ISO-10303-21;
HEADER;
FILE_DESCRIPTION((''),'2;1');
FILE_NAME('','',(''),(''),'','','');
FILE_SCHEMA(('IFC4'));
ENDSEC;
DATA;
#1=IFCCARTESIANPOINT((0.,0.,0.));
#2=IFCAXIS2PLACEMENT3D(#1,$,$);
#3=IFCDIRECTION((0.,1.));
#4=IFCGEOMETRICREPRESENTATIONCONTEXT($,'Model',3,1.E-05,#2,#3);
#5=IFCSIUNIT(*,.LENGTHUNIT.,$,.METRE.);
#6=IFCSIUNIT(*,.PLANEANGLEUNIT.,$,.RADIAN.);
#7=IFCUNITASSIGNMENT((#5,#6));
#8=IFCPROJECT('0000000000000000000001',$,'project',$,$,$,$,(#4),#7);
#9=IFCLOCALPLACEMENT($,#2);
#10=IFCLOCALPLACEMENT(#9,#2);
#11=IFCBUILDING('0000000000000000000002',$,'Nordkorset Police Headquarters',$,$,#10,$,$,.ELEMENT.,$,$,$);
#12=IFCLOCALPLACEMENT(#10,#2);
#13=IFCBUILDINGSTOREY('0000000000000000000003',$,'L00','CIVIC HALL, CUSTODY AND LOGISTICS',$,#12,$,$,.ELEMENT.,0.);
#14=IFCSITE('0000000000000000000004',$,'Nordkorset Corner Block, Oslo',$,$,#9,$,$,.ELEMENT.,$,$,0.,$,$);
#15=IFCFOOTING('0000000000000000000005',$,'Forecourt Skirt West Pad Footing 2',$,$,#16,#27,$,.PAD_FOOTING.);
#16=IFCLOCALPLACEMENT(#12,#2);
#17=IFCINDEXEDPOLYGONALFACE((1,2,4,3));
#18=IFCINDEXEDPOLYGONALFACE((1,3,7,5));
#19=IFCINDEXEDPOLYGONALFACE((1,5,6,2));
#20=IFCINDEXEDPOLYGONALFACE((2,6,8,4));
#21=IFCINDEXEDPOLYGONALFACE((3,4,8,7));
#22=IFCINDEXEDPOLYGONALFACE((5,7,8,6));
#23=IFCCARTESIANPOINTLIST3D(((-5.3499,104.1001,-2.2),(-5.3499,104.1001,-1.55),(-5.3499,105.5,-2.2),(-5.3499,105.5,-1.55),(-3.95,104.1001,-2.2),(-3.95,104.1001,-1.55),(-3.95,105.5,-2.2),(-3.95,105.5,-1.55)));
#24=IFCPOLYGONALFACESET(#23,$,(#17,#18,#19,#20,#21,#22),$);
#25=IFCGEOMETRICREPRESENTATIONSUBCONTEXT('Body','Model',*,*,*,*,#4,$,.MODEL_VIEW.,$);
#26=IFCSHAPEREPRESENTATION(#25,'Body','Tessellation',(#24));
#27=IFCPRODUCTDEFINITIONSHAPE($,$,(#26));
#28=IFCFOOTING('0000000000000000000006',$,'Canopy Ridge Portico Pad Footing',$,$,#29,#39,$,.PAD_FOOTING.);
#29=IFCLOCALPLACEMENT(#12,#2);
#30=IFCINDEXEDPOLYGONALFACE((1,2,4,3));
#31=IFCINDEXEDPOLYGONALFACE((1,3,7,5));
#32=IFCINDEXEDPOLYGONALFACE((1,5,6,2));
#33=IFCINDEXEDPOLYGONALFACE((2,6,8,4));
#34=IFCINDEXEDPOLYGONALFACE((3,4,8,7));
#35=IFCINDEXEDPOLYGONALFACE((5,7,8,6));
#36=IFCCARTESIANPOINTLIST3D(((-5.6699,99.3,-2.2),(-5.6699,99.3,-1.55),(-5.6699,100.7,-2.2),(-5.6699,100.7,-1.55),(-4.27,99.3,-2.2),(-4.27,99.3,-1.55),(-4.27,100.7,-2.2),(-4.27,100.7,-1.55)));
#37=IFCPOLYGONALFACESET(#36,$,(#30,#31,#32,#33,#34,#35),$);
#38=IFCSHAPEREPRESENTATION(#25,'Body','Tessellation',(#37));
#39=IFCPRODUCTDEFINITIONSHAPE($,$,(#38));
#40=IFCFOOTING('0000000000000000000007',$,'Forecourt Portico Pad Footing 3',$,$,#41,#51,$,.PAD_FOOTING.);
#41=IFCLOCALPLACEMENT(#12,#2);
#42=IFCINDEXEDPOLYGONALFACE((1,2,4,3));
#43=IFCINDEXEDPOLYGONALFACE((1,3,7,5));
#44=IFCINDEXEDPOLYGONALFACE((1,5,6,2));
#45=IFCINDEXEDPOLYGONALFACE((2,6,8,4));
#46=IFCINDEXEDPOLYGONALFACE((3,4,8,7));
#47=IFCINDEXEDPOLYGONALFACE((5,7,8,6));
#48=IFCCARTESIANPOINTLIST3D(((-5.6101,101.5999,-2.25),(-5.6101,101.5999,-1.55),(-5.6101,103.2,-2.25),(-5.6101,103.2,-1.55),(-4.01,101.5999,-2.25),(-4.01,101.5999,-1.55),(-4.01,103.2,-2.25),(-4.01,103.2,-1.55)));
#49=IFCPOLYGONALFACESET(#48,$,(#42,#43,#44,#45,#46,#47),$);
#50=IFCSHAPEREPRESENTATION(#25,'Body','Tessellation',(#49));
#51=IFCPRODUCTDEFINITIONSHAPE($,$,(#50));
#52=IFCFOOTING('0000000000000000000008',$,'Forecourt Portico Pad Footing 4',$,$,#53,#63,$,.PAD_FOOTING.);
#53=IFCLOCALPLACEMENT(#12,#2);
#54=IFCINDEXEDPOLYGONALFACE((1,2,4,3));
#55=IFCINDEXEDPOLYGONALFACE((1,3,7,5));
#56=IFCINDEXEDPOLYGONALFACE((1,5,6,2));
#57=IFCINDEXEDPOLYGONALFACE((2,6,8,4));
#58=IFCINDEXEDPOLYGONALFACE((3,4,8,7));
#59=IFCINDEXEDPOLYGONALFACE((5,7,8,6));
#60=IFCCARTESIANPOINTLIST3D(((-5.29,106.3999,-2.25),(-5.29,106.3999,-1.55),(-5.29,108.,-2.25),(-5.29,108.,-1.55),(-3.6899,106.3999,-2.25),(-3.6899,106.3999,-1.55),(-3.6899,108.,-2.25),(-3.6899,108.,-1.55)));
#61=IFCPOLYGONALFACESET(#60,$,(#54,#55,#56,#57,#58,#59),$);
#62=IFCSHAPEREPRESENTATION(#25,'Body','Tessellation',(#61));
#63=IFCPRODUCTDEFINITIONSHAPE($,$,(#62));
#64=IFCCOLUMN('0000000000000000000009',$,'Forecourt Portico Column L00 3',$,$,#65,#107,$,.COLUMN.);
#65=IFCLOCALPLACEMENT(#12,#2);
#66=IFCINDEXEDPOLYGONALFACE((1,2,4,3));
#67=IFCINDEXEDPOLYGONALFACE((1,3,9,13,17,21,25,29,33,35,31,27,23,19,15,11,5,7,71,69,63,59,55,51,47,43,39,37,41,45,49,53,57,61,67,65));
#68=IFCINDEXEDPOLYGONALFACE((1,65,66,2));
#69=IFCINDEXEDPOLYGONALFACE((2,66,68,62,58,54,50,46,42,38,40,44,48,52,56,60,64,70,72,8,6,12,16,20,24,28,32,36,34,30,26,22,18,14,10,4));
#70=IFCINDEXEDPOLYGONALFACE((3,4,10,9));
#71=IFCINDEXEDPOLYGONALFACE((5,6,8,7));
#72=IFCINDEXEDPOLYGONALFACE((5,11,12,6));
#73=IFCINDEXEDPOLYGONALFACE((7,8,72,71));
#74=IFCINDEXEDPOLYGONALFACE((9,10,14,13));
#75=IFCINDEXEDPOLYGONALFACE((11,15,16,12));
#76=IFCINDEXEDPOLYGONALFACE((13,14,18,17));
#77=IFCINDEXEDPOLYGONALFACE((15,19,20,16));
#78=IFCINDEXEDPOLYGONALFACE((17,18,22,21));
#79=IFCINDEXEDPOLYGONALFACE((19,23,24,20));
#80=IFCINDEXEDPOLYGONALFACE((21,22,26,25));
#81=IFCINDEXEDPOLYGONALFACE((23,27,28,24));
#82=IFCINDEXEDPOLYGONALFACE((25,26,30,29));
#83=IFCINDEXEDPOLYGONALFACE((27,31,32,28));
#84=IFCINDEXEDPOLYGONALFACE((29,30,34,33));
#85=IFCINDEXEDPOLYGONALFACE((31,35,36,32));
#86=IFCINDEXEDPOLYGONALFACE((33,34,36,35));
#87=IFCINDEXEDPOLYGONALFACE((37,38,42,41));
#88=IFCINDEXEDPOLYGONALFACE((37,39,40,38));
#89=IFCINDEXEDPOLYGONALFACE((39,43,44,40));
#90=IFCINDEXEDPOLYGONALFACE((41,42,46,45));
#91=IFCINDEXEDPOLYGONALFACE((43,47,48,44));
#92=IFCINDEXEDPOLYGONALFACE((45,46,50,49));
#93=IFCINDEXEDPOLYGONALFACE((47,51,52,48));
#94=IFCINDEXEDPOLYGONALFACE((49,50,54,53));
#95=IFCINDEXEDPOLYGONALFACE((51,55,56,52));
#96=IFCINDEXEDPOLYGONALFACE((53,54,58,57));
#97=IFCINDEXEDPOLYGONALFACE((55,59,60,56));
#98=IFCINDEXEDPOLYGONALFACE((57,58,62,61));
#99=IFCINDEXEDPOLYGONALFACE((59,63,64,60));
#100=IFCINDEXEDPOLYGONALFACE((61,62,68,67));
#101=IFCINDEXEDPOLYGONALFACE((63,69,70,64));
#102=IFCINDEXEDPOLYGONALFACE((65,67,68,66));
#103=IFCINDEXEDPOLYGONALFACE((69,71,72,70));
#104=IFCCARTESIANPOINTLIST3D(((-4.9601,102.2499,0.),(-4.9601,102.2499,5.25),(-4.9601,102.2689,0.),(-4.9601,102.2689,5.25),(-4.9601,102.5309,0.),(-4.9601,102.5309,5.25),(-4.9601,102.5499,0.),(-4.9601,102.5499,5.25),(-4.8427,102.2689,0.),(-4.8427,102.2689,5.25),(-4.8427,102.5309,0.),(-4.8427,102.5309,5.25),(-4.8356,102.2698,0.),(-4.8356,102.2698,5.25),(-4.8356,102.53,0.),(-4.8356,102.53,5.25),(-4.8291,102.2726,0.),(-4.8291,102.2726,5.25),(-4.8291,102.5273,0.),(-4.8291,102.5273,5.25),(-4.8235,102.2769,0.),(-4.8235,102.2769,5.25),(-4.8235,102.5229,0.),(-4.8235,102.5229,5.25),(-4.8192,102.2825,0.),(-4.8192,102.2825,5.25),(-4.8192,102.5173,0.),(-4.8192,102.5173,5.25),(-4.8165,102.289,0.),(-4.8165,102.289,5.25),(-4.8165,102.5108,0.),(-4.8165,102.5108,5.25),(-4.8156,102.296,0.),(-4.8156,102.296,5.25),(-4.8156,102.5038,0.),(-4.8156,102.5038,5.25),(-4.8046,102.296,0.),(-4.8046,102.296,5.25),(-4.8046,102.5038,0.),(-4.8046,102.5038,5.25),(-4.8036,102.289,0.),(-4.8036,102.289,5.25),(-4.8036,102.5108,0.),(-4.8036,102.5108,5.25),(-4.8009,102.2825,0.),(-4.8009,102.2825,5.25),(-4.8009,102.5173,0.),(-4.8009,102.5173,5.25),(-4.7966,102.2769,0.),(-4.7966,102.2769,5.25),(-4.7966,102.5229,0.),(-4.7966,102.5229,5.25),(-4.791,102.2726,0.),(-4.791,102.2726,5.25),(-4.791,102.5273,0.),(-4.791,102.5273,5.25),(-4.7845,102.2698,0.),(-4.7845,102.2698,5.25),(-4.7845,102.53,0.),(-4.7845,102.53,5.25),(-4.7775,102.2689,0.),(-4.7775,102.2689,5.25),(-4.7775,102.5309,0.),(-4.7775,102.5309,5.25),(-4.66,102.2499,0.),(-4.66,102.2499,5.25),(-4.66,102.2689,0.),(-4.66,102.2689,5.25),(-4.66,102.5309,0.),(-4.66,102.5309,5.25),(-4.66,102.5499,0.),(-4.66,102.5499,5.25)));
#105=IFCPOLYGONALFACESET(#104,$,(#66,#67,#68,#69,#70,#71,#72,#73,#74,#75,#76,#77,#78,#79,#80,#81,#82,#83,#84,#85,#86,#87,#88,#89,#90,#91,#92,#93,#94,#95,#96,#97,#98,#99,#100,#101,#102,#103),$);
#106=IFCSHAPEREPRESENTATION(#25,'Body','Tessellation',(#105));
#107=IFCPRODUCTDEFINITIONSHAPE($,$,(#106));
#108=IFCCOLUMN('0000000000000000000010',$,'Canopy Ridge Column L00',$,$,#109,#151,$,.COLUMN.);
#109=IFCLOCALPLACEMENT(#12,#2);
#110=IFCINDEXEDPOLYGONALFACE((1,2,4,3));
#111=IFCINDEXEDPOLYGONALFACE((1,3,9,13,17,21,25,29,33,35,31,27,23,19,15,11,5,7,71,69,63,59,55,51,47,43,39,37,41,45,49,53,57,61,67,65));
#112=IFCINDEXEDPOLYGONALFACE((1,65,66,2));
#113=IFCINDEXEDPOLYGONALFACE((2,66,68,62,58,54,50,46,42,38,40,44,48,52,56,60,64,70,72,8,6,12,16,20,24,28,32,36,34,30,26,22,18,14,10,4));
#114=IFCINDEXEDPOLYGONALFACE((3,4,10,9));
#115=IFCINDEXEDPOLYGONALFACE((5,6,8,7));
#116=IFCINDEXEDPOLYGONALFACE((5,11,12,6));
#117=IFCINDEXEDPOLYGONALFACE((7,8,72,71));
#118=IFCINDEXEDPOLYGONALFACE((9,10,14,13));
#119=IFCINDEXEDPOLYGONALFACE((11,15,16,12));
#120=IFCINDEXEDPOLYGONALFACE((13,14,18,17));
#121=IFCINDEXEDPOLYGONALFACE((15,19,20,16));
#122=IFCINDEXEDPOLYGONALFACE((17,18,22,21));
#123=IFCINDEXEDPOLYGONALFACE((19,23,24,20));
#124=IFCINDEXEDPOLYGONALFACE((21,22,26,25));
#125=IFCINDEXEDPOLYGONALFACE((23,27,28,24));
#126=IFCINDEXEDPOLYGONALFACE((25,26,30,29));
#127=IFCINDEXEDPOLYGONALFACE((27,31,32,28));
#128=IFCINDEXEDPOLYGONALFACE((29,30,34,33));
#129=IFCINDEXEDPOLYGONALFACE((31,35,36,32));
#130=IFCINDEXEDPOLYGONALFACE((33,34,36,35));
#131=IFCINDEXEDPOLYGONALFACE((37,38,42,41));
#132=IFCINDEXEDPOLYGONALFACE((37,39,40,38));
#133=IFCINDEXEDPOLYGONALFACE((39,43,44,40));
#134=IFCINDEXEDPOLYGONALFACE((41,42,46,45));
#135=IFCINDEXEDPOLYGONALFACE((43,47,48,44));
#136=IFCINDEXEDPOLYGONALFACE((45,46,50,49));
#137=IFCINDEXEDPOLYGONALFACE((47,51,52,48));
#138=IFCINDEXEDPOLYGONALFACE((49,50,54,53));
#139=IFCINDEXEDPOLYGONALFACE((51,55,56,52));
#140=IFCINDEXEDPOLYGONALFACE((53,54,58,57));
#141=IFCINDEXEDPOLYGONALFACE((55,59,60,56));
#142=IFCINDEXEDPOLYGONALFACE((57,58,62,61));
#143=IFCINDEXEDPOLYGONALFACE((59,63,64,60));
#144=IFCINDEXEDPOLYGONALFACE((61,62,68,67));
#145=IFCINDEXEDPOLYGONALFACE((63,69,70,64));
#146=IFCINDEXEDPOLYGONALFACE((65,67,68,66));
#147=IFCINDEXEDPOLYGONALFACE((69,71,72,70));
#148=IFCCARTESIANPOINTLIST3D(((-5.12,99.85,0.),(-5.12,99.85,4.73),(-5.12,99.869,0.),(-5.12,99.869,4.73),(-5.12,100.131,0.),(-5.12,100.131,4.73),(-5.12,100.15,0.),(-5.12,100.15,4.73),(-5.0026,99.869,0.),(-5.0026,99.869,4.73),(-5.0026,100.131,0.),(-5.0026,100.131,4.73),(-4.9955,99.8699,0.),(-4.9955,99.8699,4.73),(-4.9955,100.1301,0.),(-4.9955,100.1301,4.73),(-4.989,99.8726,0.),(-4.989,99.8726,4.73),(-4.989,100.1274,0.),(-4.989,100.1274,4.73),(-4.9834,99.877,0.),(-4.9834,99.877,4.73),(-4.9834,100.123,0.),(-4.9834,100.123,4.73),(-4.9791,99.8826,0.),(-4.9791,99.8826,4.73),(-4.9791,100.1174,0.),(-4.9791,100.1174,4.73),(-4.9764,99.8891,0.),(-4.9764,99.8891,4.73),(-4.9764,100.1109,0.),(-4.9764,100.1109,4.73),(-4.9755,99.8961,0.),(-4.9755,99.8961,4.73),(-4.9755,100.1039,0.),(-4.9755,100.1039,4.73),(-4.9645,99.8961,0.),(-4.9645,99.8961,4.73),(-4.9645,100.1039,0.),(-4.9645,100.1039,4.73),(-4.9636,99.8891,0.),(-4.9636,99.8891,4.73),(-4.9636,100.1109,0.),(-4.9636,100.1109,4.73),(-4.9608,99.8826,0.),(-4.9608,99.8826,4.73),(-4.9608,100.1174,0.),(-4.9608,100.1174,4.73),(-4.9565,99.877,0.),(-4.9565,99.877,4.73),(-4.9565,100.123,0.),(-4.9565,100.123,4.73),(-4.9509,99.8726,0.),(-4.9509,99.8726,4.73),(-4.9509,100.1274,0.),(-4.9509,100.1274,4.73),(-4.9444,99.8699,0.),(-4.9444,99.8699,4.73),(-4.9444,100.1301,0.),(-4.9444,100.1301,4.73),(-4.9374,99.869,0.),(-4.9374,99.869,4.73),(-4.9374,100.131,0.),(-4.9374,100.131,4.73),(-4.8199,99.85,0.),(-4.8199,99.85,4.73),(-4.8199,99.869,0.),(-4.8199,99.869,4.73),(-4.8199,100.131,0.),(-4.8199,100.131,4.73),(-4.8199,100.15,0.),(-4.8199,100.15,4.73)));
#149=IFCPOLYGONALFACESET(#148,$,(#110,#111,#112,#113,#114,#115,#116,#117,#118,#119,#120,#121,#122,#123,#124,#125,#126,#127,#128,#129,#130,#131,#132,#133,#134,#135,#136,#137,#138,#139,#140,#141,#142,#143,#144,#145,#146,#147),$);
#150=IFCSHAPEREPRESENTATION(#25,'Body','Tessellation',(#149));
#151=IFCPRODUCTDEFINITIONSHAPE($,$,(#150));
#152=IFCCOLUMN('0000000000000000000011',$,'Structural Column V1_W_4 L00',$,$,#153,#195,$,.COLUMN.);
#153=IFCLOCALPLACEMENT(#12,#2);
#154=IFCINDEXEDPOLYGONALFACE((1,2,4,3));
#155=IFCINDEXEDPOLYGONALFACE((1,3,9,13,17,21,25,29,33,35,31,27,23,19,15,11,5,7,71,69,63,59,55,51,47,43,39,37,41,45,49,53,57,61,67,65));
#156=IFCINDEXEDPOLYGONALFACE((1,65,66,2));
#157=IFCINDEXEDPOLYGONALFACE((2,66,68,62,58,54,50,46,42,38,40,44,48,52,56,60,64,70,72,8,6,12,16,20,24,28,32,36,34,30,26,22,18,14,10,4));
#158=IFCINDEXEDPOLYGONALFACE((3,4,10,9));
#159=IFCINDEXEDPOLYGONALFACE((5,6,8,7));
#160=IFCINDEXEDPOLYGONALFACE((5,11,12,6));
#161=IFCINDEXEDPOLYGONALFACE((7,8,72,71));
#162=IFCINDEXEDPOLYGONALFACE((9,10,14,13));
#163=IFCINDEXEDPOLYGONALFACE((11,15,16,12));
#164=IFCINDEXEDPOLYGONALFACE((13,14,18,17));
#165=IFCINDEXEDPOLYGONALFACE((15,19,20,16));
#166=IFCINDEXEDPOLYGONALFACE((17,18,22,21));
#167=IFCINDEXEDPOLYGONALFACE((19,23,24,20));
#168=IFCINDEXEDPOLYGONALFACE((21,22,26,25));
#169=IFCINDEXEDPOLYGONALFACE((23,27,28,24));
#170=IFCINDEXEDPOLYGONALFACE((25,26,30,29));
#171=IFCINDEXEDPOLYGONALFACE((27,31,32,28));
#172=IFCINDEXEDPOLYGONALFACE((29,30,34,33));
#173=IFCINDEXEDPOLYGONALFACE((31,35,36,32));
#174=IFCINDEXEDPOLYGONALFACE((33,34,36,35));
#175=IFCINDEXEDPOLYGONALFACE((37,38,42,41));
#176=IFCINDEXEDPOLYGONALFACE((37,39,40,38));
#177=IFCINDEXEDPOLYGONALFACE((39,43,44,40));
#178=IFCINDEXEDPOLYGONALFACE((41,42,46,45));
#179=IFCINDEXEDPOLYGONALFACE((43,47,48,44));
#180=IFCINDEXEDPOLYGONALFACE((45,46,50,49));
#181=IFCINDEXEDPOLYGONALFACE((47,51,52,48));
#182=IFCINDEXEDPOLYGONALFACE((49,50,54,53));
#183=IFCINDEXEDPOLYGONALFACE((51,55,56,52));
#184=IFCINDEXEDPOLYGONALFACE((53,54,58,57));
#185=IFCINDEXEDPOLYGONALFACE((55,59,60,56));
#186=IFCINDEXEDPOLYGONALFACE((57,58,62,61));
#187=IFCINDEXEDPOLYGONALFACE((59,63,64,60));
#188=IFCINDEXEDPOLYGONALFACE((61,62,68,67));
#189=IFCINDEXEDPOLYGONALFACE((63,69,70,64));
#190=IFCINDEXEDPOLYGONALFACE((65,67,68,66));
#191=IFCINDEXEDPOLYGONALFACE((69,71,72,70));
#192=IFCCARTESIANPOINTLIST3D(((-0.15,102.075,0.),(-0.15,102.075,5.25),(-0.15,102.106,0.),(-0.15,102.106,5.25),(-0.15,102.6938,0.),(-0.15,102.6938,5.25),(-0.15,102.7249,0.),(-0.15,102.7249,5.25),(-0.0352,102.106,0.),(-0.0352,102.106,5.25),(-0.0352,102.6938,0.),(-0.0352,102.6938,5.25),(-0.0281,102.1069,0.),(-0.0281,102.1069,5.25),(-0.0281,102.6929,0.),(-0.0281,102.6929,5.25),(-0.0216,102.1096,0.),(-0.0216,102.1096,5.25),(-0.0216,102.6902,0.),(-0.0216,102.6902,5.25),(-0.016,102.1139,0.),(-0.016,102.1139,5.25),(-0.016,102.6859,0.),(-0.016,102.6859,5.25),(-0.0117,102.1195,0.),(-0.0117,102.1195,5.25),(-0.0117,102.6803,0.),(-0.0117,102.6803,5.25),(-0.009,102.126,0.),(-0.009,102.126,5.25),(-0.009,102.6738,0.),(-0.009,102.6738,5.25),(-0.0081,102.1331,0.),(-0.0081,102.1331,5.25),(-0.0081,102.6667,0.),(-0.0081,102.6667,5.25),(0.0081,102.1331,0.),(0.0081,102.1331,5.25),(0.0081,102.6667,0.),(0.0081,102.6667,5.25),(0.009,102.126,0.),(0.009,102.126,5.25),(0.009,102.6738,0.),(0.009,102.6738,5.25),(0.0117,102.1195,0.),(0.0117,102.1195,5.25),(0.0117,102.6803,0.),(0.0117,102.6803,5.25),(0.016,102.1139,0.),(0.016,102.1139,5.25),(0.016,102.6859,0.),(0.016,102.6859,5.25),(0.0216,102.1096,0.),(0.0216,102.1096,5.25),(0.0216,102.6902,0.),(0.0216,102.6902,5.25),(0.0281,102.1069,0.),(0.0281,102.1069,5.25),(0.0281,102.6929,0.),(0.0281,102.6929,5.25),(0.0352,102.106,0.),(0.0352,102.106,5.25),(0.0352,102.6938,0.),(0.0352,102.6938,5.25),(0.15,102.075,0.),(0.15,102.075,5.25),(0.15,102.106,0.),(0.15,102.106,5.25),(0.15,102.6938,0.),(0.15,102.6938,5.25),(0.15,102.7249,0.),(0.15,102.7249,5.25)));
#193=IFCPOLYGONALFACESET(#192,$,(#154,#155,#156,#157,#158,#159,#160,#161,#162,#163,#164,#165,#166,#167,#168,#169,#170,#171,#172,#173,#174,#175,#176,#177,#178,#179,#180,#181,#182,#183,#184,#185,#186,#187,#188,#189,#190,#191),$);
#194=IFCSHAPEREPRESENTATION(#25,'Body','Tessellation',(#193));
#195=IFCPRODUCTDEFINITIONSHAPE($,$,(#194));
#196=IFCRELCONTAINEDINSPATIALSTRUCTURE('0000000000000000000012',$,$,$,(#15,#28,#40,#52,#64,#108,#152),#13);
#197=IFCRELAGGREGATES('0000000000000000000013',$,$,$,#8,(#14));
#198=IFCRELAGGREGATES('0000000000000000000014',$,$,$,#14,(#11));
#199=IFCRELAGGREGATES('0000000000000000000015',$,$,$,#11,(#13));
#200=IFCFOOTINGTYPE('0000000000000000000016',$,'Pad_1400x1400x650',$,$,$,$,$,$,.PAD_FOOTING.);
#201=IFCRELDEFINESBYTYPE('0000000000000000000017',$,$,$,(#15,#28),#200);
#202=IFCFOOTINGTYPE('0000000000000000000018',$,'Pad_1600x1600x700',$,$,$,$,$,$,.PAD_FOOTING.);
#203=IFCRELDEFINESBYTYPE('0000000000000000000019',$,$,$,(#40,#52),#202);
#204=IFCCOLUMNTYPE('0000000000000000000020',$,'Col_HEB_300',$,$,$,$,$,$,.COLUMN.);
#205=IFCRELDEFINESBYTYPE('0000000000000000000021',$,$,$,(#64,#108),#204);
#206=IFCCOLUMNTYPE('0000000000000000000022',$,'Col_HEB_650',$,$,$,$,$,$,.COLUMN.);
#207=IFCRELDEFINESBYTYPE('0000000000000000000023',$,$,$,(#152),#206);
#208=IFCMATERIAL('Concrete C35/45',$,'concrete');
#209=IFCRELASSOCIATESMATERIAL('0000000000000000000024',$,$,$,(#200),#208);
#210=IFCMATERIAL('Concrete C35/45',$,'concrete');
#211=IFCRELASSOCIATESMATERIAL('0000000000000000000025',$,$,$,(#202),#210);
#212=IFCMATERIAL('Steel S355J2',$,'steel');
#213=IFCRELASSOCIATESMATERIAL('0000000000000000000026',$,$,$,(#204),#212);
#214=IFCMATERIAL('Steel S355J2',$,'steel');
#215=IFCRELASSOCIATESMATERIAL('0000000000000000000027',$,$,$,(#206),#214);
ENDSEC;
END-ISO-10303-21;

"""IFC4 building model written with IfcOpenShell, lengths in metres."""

from ifc_helpers import new_model, si_unit, direction, frame, origin, origin_2d, place, context, subcontext, project, spatial, rectangle, i_section, extrude, material, material_profile, profile_set, type_object, element, save


model = new_model("IFC4")

# Units and contexts
model_context = context("Model", 3, precision=1e-05, world=origin(), true_north=direction((0.0, 1.0)))
body_context = subcontext(model_context, "Body", "Model", "MODEL_VIEW")
ifc_project = project(units=[si_unit("LENGTHUNIT", "METRE"), si_unit("PLANEANGLEUNIT", "RADIAN")], contexts=[model_context])

# Site, building, storey
site_placement = place(None, origin())
site = spatial("IfcSite", under=ifc_project, at=site_placement, Name="Nordkorset Corner Block, Oslo", CompositionType="ELEMENT", RefElevation=0.0)
building_placement = place(site_placement, origin())
building = spatial("IfcBuilding", under=site, at=building_placement, Name="Nordkorset Police Headquarters", CompositionType="ELEMENT")
storey_placement = place(building_placement, origin())
storey = spatial("IfcBuildingStorey", under=building, at=storey_placement, Name="L00", Description="CIVIC HALL, CUSTODY AND LOGISTICS", CompositionType="ELEMENT", Elevation=0.0)

# Footings
ifc_material_1 = material(Name="Concrete C35/45", Category="concrete")
footing_type_1 = type_object("IfcFootingType", Name="Pad_1400x1400x650", PredefinedType="PAD_FOOTING", material=ifc_material_1)
for number, where, z_axis, x_axis, name in (
    (1, (-4.6499, 104.8, -2.2), (0.0, 0.0, 1.0), (1.0, 0.0, 0.0), "Forecourt Skirt West Pad Footing 2"),
    (2, (-4.97, 100.0, -2.2), (0.0, 0.0, 1.0), (1.0, 0.0, 0.0), "Canopy Ridge Portico Pad Footing"),
):
    element("IfcFooting", number, at=place(storey_placement, frame(where, z_axis=z_axis, x_axis=x_axis)), inside=storey, type_object=footing_type_1, Name=name, PredefinedType="PAD_FOOTING", context=body_context, shape_type="SweptSolid", body=[
        extrude(rectangle(XDim=1.3999, YDim=1.3999, at=origin_2d()), origin(), (0.0, 0.0, 1.0), 0.6499),
    ])
ifc_material_2 = material(Name="Concrete C35/45", Category="concrete")
footing_type_2 = type_object("IfcFootingType", Name="Pad_1600x1600x700", PredefinedType="PAD_FOOTING", material=ifc_material_2)
for number, where, z_axis, x_axis, name in (
    (3, (-4.8101, 102.3999, -2.25), (0.0, 0.0, 1.0), (1.0, 0.0, 0.0), "Forecourt Portico Pad Footing 3"),
    (4, (-4.49, 107.2, -2.25), (0.0, 0.0, 1.0), (1.0, 0.0, 0.0), "Forecourt Portico Pad Footing 4"),
):
    element("IfcFooting", number, at=place(storey_placement, frame(where, z_axis=z_axis, x_axis=x_axis)), inside=storey, type_object=footing_type_2, Name=name, PredefinedType="PAD_FOOTING", context=body_context, shape_type="SweptSolid", body=[
        extrude(rectangle(XDim=1.6001, YDim=1.6001, at=origin_2d()), origin(), (0.0, 0.0, 1.0), 0.7),
    ])

# Columns
ifc_material_3 = material(Name="Steel S355J2", Category="steel")
ifc_material_profile_1 = material_profile(ifc_material_3, i_section(OverallWidth=0.3, OverallDepth=0.3, WebThickness=0.011, FlangeThickness=0.019, FilletRadius=0.0271, at=origin_2d()), Name="HEB 300")
ifc_profile_set_1 = profile_set([ifc_material_profile_1], Name="Steel S355J2")
column_type_1 = type_object("IfcColumnType", Name="Col_HEB_300", PredefinedType="COLUMN", material=ifc_profile_set_1)
column_1_placement = place(storey_placement, frame((-4.8101, 102.3999, 0.0), z_axis=(0.0, 0.0, 1.0), x_axis=(1.0, 0.0, 0.0)))
element("IfcColumn", 5, at=column_1_placement, inside=storey, type_object=column_type_1, Name="Forecourt Portico Column L00 3", PredefinedType="COLUMN", context=body_context, shape_type="SweptSolid", body=[
    extrude(i_section(OverallWidth=0.3, OverallDepth=0.3, WebThickness=0.011, FlangeThickness=0.019, FilletRadius=0.0271, at=origin_2d()), origin(), (0.0, 0.0, 1.0), 5.25),
])
column_2_placement = place(storey_placement, frame((-4.97, 100.0, 0.0), z_axis=(0.0, 0.0, 1.0), x_axis=(1.0, 0.0, 0.0)))
element("IfcColumn", 6, at=column_2_placement, inside=storey, type_object=column_type_1, Name="Canopy Ridge Column L00", PredefinedType="COLUMN", context=body_context, shape_type="SweptSolid", body=[
    extrude(i_section(OverallWidth=0.3, OverallDepth=0.3, WebThickness=0.011, FlangeThickness=0.019, FilletRadius=0.0271, at=origin_2d()), origin(), (0.0, 0.0, 1.0), 4.73),
])
ifc_material_4 = material(Name="Steel S355J2", Category="steel")
ifc_material_profile_2 = material_profile(ifc_material_4, i_section(OverallWidth=0.3, OverallDepth=0.6499, WebThickness=0.0161, FlangeThickness=0.031, FilletRadius=0.0271, at=origin_2d()), Name="HEB 650")
ifc_profile_set_2 = profile_set([ifc_material_profile_2], Name="Steel S355J2")
column_type_2 = type_object("IfcColumnType", Name="Col_HEB_650", PredefinedType="COLUMN", material=ifc_profile_set_2)
column_3_placement = place(storey_placement, frame((0.0, 102.3999, 0.0), z_axis=(0.0, 0.0, 1.0), x_axis=(1.0, 0.0, 0.0)))
element("IfcColumn", 7, at=column_3_placement, inside=storey, type_object=column_type_2, Name="Structural Column V1_W_4 L00", PredefinedType="COLUMN", context=body_context, shape_type="SweptSolid", body=[
    extrude(i_section(OverallWidth=0.3, OverallDepth=0.6499, WebThickness=0.0161, FlangeThickness=0.031, FilletRadius=0.0271, at=origin_2d()), origin(), (0.0, 0.0, 1.0), 5.25),
])

save(model, "model.ifc")
